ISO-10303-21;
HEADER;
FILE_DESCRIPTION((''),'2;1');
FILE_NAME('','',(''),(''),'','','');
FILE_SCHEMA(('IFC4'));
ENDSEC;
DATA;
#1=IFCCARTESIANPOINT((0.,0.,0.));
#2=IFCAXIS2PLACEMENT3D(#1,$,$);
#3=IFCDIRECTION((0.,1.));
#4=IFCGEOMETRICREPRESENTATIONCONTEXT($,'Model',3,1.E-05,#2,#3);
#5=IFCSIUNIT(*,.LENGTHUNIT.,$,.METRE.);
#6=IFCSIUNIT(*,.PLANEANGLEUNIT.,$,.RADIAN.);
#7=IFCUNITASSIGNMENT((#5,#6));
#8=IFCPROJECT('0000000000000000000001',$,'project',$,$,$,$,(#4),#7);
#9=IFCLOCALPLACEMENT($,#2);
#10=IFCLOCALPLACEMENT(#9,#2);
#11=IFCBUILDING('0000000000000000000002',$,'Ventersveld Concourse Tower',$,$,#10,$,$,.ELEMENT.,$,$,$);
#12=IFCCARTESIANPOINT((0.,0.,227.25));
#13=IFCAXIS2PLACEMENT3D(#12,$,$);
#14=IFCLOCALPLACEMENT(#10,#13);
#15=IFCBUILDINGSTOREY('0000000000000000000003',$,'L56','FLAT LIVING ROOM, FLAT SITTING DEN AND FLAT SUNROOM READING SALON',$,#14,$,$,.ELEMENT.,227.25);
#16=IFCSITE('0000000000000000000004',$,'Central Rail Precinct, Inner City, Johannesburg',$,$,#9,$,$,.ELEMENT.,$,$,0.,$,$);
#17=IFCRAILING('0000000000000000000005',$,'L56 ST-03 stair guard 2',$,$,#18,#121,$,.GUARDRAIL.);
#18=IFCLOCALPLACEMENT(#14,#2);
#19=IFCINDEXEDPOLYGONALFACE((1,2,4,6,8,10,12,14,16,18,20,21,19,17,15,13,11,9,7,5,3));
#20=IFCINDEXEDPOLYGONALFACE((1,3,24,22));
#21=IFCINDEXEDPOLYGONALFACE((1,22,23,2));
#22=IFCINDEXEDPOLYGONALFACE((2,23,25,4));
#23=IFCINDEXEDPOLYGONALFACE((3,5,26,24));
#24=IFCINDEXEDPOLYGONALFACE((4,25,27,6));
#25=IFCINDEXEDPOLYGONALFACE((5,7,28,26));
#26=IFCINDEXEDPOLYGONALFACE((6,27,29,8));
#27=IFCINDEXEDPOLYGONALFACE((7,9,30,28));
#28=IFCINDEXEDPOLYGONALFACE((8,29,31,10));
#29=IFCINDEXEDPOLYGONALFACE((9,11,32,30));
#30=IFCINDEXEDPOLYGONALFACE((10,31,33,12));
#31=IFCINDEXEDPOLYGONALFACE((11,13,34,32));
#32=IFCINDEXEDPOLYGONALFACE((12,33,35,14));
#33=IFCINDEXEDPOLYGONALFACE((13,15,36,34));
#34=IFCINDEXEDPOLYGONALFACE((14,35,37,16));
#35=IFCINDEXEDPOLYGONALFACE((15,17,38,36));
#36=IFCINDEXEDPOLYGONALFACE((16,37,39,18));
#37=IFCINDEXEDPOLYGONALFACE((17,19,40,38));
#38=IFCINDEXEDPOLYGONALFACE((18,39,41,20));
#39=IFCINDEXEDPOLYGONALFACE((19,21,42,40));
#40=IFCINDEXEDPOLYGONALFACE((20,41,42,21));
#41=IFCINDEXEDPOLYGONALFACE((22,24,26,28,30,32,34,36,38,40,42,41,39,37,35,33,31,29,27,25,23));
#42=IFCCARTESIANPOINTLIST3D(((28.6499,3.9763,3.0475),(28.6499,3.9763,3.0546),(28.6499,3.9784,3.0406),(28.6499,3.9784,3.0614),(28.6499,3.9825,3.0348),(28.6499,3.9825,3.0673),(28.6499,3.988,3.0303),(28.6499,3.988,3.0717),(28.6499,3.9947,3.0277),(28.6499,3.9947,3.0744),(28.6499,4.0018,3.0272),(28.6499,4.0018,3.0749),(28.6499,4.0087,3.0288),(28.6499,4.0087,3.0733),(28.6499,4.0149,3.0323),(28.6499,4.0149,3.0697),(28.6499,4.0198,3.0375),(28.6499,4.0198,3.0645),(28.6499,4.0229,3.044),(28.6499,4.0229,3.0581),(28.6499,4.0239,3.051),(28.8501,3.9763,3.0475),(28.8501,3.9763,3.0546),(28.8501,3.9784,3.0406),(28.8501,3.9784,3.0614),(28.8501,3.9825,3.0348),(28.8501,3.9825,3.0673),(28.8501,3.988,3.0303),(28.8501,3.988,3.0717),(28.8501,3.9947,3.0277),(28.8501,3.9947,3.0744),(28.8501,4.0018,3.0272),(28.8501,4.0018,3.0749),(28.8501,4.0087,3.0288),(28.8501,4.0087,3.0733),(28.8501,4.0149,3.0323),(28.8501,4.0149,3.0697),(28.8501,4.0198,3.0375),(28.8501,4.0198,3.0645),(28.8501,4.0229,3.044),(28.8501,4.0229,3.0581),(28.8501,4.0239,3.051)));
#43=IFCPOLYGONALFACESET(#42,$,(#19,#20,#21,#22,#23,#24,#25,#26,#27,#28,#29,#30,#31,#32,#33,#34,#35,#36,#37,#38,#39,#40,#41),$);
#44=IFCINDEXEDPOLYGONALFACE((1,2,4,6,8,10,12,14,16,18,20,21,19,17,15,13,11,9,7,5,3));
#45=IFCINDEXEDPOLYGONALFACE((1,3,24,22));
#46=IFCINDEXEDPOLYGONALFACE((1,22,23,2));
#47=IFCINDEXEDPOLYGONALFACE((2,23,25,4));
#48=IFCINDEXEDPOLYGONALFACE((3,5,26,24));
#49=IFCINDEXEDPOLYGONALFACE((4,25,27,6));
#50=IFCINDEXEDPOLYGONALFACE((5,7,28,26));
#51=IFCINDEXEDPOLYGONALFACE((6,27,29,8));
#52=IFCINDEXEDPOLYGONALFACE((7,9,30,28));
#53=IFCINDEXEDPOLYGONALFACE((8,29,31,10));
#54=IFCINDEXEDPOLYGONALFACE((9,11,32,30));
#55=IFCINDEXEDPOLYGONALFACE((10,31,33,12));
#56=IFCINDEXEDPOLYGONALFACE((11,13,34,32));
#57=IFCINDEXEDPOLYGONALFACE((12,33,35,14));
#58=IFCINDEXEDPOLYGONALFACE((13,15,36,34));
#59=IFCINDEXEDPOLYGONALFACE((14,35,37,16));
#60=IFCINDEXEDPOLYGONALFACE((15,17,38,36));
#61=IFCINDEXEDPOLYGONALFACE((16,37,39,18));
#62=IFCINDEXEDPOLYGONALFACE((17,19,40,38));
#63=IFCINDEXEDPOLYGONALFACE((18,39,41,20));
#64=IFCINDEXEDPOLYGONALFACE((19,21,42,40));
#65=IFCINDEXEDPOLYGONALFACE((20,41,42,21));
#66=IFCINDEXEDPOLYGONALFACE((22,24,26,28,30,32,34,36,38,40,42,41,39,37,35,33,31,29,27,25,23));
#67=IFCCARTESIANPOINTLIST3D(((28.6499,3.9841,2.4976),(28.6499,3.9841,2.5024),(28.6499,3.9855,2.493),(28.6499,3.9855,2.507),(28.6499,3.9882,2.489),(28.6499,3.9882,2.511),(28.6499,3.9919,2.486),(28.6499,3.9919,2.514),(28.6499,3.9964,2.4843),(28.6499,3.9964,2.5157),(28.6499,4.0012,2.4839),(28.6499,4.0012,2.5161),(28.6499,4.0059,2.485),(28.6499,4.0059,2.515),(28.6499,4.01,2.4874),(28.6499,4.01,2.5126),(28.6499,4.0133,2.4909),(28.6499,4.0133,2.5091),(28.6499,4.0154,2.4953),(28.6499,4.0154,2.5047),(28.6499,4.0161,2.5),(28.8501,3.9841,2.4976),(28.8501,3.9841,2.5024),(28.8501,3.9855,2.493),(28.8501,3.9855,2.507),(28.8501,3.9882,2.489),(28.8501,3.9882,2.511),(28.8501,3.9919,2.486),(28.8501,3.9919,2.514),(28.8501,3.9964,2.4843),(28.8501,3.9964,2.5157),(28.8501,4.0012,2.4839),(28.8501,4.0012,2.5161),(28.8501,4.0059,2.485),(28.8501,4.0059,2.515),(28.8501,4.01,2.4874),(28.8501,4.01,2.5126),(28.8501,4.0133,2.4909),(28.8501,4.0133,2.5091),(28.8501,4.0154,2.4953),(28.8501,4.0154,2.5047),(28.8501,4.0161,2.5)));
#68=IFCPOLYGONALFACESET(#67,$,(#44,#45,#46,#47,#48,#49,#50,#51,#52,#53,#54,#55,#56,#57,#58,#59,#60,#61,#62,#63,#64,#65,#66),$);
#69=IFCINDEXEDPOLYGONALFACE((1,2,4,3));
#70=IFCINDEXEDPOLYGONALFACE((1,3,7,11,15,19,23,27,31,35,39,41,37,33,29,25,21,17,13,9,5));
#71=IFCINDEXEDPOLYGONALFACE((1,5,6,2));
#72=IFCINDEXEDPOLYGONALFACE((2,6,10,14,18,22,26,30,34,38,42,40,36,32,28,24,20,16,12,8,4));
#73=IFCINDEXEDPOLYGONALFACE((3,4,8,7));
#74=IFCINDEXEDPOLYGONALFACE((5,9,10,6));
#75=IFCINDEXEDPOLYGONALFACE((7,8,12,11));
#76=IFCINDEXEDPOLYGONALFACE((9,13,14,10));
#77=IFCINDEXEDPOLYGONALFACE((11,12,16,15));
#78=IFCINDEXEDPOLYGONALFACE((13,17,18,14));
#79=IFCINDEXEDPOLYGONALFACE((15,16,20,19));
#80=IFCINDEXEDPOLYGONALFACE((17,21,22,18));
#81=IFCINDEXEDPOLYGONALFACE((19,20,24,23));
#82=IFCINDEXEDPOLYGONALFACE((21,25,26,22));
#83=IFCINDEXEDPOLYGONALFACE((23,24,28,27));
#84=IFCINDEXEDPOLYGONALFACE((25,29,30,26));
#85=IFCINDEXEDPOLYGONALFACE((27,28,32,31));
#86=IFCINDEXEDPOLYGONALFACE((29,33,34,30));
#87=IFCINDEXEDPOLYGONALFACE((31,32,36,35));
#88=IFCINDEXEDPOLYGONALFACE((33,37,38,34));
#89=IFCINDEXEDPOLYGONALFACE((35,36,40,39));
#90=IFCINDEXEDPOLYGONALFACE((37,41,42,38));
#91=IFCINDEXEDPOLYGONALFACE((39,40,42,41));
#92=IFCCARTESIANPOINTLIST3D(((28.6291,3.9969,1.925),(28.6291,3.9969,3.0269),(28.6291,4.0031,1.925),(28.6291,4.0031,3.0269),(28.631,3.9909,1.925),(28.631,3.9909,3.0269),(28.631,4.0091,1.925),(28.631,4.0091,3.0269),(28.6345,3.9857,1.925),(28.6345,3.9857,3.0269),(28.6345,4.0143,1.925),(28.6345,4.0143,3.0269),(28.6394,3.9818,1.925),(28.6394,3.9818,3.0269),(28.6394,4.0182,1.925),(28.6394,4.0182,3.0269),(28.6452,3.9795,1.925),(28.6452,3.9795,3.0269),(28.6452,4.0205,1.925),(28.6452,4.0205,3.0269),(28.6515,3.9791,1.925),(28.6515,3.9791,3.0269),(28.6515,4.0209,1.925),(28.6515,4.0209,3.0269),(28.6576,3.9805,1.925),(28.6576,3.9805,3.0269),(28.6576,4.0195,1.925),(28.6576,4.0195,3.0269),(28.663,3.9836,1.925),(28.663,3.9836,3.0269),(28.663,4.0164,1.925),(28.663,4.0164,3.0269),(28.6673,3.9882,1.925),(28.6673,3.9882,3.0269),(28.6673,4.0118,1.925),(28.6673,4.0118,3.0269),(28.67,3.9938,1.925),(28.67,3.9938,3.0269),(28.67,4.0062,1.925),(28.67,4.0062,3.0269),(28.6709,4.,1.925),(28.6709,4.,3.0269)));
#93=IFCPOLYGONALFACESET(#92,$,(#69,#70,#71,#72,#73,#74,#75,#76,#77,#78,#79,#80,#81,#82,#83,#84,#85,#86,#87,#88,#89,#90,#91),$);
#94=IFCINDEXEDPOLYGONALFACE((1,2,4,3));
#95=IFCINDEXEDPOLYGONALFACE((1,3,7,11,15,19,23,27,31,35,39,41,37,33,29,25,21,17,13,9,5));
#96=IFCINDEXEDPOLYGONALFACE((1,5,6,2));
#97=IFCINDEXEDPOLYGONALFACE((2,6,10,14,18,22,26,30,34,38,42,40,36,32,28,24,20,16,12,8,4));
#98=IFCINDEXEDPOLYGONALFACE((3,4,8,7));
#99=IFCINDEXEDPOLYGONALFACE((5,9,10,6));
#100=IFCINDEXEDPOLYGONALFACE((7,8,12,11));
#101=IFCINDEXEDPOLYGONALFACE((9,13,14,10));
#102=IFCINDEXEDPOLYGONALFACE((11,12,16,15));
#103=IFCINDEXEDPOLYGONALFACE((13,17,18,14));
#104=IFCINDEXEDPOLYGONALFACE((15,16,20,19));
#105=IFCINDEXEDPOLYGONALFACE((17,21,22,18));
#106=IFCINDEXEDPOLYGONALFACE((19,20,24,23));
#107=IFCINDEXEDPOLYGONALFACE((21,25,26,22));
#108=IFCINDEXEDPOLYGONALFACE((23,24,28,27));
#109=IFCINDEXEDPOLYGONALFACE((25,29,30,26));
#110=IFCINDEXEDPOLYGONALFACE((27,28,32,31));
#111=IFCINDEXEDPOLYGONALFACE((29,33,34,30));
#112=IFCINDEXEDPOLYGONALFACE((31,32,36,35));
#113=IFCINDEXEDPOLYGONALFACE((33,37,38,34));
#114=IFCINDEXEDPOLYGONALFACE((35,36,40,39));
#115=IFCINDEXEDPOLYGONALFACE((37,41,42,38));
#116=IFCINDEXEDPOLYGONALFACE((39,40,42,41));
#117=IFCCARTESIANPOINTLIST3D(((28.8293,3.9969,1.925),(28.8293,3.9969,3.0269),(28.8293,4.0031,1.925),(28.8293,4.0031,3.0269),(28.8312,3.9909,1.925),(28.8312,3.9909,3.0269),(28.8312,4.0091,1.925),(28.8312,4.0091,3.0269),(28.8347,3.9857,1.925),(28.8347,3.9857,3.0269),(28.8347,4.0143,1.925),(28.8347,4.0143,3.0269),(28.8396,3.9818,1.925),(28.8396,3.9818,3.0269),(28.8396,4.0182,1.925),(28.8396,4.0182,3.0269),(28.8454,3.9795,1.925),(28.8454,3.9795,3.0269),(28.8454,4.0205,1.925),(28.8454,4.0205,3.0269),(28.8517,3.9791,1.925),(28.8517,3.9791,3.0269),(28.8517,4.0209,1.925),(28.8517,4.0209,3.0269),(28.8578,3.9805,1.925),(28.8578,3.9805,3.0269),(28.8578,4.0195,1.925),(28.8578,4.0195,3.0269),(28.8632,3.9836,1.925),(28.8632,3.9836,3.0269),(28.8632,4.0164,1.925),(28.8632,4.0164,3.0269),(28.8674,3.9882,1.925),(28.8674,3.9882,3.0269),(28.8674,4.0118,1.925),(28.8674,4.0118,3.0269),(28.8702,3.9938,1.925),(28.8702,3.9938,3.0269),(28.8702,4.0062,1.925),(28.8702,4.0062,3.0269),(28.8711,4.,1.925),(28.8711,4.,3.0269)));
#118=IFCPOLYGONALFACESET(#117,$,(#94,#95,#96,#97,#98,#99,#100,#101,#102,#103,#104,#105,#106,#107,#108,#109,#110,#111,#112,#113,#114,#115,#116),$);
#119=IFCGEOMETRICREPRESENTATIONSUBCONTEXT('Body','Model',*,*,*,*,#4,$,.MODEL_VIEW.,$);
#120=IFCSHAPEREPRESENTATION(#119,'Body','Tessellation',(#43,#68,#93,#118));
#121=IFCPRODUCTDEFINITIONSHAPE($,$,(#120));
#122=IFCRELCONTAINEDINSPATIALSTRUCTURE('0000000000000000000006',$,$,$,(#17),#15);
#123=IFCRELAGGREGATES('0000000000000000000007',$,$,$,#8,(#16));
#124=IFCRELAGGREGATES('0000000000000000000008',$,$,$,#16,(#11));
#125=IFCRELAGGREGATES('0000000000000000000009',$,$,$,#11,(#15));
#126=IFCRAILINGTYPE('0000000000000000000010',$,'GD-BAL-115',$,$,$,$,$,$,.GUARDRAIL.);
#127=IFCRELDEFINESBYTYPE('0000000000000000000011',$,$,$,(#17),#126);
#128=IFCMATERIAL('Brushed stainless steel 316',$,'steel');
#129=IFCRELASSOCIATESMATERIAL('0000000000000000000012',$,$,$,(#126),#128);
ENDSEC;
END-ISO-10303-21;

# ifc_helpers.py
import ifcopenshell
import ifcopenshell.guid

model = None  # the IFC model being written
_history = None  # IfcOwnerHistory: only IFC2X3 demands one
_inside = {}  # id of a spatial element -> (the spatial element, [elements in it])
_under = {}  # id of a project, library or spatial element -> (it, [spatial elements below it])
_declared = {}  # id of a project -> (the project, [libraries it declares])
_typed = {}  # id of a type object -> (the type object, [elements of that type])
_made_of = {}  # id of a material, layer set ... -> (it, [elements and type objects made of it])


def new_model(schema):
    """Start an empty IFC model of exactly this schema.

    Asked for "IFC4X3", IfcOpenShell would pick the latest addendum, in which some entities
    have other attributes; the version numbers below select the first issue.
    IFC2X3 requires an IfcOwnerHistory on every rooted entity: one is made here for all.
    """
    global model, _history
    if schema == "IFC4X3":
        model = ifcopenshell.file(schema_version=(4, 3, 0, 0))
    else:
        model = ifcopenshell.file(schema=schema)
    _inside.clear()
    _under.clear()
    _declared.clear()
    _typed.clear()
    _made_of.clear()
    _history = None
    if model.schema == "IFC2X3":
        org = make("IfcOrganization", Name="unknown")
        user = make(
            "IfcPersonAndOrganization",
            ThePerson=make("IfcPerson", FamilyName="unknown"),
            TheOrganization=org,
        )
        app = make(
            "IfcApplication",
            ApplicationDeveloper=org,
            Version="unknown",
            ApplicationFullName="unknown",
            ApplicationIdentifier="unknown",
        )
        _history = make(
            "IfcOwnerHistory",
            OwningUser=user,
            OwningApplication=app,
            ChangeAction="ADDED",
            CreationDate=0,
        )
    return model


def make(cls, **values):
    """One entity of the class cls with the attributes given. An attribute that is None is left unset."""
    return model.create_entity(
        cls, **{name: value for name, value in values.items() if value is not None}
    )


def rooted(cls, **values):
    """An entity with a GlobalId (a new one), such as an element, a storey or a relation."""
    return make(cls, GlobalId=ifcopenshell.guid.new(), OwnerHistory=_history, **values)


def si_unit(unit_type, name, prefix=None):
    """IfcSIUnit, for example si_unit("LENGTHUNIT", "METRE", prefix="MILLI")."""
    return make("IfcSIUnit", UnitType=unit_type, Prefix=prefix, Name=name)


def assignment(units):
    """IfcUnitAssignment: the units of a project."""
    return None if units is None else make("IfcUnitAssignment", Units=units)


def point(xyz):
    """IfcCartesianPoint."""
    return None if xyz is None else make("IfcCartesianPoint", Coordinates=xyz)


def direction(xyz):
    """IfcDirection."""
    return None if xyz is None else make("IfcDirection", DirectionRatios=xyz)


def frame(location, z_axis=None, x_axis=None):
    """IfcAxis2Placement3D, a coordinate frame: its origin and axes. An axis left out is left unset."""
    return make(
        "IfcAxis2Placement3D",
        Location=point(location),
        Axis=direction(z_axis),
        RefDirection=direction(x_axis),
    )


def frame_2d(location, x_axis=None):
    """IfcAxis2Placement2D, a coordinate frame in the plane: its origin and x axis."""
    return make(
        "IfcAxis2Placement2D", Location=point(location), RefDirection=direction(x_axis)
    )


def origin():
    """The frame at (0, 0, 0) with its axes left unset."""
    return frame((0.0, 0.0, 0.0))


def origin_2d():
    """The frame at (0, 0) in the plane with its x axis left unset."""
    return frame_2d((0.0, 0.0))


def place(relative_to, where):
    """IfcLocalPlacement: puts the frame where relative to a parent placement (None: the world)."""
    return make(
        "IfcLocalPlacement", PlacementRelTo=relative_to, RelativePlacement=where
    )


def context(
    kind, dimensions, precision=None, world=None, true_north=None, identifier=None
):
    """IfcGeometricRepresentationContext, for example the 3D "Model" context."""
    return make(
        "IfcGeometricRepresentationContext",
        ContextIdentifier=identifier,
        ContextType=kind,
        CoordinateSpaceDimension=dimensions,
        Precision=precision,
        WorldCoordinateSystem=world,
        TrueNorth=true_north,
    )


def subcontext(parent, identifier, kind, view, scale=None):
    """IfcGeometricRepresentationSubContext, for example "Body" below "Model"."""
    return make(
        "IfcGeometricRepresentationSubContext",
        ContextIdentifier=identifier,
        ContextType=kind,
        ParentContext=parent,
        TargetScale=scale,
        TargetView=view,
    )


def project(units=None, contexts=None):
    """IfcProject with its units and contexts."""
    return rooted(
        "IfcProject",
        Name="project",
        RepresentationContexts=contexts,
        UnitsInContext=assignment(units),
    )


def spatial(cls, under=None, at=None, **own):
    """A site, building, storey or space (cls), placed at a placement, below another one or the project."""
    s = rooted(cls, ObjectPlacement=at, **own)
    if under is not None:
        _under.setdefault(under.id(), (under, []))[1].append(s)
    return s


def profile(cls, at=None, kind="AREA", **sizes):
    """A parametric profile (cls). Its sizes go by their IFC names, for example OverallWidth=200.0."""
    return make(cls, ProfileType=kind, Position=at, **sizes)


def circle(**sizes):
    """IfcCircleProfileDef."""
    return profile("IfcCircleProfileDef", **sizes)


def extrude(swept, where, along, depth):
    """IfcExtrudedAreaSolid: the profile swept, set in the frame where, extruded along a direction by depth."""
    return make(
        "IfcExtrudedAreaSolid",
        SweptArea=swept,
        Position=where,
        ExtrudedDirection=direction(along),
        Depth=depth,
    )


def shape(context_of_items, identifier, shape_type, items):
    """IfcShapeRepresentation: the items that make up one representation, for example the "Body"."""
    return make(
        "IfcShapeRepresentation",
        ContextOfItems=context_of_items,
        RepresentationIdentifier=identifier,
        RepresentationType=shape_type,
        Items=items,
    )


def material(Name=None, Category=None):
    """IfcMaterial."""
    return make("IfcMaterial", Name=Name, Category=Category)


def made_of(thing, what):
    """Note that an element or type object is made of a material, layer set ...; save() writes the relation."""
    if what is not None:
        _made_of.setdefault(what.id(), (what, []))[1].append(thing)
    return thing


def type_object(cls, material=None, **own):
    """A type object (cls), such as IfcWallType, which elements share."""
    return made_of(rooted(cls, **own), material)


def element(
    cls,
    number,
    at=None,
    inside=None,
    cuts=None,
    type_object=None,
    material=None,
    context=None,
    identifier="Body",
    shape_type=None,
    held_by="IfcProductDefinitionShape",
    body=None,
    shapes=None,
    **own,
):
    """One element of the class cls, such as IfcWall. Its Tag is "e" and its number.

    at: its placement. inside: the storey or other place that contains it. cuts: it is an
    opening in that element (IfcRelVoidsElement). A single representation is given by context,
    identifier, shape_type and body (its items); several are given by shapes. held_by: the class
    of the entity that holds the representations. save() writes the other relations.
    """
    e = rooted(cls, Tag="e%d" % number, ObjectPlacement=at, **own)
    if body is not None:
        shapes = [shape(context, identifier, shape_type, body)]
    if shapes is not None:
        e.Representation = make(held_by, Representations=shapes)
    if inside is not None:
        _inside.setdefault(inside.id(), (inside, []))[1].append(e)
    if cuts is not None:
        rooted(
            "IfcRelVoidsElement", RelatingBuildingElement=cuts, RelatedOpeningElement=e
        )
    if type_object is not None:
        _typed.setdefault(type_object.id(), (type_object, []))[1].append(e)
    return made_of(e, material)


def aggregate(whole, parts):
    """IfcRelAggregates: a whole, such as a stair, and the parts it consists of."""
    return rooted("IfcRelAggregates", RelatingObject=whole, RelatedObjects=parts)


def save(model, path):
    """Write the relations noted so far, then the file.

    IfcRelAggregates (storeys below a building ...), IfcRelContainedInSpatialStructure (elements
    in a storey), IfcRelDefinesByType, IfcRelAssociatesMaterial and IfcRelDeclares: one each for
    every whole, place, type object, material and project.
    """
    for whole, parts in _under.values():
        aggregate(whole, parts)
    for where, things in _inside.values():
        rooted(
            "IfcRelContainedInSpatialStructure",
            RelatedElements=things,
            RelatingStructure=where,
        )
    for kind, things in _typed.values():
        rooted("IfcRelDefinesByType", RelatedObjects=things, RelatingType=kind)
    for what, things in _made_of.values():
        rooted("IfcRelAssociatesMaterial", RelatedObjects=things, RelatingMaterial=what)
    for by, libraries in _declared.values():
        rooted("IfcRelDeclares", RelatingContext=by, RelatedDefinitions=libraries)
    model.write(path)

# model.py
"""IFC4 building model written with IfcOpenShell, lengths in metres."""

from ifc_helpers import new_model, si_unit, direction, frame, origin, origin_2d, place, context, subcontext, project, spatial, circle, extrude, material, type_object, element, save


model = new_model("IFC4")

# Units and contexts
model_context = context("Model", 3, precision=1e-05, world=origin(), true_north=direction((0.0, 1.0)))
body_context = subcontext(model_context, "Body", "Model", "MODEL_VIEW")
ifc_project = project(units=[si_unit("LENGTHUNIT", "METRE"), si_unit("PLANEANGLEUNIT", "RADIAN")], contexts=[model_context])

# Site, building, storey
site_placement = place(None, origin())
site = spatial("IfcSite", under=ifc_project, at=site_placement, Name="Central Rail Precinct, Inner City, Johannesburg", CompositionType="ELEMENT", RefElevation=0.0)
building_placement = place(site_placement, origin())
building = spatial("IfcBuilding", under=site, at=building_placement, Name="Ventersveld Concourse Tower", CompositionType="ELEMENT")
storey_placement = place(building_placement, frame((0.0, 0.0, 227.25)))
storey = spatial("IfcBuildingStorey", under=building, at=storey_placement, Name="L56", Description="FLAT LIVING ROOM, FLAT SITTING DEN AND FLAT SUNROOM READING SALON", CompositionType="ELEMENT", Elevation=227.25)

# Shared definitions
ifc_material_1 = material(Name="Brushed stainless steel 316", Category="steel")

# Railing
railing_type = type_object("IfcRailingType", Name="GD-BAL-115", PredefinedType="GUARDRAIL", material=ifc_material_1)
railing_1_placement = place(storey_placement, frame((28.6499, 4.0, 1.925)))
element("IfcRailing", 1, at=railing_1_placement, inside=storey, type_object=railing_type, Name="L56 ST-03 stair guard 2", PredefinedType="GUARDRAIL", context=body_context, shape_type="SweptSolid", body=[
    extrude(circle(Radius=0.0239, at=origin_2d()), frame((0.0, 0.0, 1.126), z_axis=(1.0, 0.0, 0.0), x_axis=(0.0, 1.0, 0.0)), (0.0, 0.0, 1.0), 0.2002),
    extrude(circle(Radius=0.0161, at=origin_2d()), frame((0.0, 0.0, 0.575), z_axis=(1.0, 0.0, 0.0), x_axis=(0.0, 1.0, 0.0)), (0.0, 0.0, 1.0), 0.2002),
    extrude(circle(Radius=0.021, at=origin_2d()), origin(), (0.0, 0.0, 1.0), 1.1018),
    extrude(circle(Radius=0.021, at=origin_2d()), frame((0.2002, 0.0, 0.0)), (0.0, 0.0, 1.0), 1.1018),
])

save(model, "model.ifc")
